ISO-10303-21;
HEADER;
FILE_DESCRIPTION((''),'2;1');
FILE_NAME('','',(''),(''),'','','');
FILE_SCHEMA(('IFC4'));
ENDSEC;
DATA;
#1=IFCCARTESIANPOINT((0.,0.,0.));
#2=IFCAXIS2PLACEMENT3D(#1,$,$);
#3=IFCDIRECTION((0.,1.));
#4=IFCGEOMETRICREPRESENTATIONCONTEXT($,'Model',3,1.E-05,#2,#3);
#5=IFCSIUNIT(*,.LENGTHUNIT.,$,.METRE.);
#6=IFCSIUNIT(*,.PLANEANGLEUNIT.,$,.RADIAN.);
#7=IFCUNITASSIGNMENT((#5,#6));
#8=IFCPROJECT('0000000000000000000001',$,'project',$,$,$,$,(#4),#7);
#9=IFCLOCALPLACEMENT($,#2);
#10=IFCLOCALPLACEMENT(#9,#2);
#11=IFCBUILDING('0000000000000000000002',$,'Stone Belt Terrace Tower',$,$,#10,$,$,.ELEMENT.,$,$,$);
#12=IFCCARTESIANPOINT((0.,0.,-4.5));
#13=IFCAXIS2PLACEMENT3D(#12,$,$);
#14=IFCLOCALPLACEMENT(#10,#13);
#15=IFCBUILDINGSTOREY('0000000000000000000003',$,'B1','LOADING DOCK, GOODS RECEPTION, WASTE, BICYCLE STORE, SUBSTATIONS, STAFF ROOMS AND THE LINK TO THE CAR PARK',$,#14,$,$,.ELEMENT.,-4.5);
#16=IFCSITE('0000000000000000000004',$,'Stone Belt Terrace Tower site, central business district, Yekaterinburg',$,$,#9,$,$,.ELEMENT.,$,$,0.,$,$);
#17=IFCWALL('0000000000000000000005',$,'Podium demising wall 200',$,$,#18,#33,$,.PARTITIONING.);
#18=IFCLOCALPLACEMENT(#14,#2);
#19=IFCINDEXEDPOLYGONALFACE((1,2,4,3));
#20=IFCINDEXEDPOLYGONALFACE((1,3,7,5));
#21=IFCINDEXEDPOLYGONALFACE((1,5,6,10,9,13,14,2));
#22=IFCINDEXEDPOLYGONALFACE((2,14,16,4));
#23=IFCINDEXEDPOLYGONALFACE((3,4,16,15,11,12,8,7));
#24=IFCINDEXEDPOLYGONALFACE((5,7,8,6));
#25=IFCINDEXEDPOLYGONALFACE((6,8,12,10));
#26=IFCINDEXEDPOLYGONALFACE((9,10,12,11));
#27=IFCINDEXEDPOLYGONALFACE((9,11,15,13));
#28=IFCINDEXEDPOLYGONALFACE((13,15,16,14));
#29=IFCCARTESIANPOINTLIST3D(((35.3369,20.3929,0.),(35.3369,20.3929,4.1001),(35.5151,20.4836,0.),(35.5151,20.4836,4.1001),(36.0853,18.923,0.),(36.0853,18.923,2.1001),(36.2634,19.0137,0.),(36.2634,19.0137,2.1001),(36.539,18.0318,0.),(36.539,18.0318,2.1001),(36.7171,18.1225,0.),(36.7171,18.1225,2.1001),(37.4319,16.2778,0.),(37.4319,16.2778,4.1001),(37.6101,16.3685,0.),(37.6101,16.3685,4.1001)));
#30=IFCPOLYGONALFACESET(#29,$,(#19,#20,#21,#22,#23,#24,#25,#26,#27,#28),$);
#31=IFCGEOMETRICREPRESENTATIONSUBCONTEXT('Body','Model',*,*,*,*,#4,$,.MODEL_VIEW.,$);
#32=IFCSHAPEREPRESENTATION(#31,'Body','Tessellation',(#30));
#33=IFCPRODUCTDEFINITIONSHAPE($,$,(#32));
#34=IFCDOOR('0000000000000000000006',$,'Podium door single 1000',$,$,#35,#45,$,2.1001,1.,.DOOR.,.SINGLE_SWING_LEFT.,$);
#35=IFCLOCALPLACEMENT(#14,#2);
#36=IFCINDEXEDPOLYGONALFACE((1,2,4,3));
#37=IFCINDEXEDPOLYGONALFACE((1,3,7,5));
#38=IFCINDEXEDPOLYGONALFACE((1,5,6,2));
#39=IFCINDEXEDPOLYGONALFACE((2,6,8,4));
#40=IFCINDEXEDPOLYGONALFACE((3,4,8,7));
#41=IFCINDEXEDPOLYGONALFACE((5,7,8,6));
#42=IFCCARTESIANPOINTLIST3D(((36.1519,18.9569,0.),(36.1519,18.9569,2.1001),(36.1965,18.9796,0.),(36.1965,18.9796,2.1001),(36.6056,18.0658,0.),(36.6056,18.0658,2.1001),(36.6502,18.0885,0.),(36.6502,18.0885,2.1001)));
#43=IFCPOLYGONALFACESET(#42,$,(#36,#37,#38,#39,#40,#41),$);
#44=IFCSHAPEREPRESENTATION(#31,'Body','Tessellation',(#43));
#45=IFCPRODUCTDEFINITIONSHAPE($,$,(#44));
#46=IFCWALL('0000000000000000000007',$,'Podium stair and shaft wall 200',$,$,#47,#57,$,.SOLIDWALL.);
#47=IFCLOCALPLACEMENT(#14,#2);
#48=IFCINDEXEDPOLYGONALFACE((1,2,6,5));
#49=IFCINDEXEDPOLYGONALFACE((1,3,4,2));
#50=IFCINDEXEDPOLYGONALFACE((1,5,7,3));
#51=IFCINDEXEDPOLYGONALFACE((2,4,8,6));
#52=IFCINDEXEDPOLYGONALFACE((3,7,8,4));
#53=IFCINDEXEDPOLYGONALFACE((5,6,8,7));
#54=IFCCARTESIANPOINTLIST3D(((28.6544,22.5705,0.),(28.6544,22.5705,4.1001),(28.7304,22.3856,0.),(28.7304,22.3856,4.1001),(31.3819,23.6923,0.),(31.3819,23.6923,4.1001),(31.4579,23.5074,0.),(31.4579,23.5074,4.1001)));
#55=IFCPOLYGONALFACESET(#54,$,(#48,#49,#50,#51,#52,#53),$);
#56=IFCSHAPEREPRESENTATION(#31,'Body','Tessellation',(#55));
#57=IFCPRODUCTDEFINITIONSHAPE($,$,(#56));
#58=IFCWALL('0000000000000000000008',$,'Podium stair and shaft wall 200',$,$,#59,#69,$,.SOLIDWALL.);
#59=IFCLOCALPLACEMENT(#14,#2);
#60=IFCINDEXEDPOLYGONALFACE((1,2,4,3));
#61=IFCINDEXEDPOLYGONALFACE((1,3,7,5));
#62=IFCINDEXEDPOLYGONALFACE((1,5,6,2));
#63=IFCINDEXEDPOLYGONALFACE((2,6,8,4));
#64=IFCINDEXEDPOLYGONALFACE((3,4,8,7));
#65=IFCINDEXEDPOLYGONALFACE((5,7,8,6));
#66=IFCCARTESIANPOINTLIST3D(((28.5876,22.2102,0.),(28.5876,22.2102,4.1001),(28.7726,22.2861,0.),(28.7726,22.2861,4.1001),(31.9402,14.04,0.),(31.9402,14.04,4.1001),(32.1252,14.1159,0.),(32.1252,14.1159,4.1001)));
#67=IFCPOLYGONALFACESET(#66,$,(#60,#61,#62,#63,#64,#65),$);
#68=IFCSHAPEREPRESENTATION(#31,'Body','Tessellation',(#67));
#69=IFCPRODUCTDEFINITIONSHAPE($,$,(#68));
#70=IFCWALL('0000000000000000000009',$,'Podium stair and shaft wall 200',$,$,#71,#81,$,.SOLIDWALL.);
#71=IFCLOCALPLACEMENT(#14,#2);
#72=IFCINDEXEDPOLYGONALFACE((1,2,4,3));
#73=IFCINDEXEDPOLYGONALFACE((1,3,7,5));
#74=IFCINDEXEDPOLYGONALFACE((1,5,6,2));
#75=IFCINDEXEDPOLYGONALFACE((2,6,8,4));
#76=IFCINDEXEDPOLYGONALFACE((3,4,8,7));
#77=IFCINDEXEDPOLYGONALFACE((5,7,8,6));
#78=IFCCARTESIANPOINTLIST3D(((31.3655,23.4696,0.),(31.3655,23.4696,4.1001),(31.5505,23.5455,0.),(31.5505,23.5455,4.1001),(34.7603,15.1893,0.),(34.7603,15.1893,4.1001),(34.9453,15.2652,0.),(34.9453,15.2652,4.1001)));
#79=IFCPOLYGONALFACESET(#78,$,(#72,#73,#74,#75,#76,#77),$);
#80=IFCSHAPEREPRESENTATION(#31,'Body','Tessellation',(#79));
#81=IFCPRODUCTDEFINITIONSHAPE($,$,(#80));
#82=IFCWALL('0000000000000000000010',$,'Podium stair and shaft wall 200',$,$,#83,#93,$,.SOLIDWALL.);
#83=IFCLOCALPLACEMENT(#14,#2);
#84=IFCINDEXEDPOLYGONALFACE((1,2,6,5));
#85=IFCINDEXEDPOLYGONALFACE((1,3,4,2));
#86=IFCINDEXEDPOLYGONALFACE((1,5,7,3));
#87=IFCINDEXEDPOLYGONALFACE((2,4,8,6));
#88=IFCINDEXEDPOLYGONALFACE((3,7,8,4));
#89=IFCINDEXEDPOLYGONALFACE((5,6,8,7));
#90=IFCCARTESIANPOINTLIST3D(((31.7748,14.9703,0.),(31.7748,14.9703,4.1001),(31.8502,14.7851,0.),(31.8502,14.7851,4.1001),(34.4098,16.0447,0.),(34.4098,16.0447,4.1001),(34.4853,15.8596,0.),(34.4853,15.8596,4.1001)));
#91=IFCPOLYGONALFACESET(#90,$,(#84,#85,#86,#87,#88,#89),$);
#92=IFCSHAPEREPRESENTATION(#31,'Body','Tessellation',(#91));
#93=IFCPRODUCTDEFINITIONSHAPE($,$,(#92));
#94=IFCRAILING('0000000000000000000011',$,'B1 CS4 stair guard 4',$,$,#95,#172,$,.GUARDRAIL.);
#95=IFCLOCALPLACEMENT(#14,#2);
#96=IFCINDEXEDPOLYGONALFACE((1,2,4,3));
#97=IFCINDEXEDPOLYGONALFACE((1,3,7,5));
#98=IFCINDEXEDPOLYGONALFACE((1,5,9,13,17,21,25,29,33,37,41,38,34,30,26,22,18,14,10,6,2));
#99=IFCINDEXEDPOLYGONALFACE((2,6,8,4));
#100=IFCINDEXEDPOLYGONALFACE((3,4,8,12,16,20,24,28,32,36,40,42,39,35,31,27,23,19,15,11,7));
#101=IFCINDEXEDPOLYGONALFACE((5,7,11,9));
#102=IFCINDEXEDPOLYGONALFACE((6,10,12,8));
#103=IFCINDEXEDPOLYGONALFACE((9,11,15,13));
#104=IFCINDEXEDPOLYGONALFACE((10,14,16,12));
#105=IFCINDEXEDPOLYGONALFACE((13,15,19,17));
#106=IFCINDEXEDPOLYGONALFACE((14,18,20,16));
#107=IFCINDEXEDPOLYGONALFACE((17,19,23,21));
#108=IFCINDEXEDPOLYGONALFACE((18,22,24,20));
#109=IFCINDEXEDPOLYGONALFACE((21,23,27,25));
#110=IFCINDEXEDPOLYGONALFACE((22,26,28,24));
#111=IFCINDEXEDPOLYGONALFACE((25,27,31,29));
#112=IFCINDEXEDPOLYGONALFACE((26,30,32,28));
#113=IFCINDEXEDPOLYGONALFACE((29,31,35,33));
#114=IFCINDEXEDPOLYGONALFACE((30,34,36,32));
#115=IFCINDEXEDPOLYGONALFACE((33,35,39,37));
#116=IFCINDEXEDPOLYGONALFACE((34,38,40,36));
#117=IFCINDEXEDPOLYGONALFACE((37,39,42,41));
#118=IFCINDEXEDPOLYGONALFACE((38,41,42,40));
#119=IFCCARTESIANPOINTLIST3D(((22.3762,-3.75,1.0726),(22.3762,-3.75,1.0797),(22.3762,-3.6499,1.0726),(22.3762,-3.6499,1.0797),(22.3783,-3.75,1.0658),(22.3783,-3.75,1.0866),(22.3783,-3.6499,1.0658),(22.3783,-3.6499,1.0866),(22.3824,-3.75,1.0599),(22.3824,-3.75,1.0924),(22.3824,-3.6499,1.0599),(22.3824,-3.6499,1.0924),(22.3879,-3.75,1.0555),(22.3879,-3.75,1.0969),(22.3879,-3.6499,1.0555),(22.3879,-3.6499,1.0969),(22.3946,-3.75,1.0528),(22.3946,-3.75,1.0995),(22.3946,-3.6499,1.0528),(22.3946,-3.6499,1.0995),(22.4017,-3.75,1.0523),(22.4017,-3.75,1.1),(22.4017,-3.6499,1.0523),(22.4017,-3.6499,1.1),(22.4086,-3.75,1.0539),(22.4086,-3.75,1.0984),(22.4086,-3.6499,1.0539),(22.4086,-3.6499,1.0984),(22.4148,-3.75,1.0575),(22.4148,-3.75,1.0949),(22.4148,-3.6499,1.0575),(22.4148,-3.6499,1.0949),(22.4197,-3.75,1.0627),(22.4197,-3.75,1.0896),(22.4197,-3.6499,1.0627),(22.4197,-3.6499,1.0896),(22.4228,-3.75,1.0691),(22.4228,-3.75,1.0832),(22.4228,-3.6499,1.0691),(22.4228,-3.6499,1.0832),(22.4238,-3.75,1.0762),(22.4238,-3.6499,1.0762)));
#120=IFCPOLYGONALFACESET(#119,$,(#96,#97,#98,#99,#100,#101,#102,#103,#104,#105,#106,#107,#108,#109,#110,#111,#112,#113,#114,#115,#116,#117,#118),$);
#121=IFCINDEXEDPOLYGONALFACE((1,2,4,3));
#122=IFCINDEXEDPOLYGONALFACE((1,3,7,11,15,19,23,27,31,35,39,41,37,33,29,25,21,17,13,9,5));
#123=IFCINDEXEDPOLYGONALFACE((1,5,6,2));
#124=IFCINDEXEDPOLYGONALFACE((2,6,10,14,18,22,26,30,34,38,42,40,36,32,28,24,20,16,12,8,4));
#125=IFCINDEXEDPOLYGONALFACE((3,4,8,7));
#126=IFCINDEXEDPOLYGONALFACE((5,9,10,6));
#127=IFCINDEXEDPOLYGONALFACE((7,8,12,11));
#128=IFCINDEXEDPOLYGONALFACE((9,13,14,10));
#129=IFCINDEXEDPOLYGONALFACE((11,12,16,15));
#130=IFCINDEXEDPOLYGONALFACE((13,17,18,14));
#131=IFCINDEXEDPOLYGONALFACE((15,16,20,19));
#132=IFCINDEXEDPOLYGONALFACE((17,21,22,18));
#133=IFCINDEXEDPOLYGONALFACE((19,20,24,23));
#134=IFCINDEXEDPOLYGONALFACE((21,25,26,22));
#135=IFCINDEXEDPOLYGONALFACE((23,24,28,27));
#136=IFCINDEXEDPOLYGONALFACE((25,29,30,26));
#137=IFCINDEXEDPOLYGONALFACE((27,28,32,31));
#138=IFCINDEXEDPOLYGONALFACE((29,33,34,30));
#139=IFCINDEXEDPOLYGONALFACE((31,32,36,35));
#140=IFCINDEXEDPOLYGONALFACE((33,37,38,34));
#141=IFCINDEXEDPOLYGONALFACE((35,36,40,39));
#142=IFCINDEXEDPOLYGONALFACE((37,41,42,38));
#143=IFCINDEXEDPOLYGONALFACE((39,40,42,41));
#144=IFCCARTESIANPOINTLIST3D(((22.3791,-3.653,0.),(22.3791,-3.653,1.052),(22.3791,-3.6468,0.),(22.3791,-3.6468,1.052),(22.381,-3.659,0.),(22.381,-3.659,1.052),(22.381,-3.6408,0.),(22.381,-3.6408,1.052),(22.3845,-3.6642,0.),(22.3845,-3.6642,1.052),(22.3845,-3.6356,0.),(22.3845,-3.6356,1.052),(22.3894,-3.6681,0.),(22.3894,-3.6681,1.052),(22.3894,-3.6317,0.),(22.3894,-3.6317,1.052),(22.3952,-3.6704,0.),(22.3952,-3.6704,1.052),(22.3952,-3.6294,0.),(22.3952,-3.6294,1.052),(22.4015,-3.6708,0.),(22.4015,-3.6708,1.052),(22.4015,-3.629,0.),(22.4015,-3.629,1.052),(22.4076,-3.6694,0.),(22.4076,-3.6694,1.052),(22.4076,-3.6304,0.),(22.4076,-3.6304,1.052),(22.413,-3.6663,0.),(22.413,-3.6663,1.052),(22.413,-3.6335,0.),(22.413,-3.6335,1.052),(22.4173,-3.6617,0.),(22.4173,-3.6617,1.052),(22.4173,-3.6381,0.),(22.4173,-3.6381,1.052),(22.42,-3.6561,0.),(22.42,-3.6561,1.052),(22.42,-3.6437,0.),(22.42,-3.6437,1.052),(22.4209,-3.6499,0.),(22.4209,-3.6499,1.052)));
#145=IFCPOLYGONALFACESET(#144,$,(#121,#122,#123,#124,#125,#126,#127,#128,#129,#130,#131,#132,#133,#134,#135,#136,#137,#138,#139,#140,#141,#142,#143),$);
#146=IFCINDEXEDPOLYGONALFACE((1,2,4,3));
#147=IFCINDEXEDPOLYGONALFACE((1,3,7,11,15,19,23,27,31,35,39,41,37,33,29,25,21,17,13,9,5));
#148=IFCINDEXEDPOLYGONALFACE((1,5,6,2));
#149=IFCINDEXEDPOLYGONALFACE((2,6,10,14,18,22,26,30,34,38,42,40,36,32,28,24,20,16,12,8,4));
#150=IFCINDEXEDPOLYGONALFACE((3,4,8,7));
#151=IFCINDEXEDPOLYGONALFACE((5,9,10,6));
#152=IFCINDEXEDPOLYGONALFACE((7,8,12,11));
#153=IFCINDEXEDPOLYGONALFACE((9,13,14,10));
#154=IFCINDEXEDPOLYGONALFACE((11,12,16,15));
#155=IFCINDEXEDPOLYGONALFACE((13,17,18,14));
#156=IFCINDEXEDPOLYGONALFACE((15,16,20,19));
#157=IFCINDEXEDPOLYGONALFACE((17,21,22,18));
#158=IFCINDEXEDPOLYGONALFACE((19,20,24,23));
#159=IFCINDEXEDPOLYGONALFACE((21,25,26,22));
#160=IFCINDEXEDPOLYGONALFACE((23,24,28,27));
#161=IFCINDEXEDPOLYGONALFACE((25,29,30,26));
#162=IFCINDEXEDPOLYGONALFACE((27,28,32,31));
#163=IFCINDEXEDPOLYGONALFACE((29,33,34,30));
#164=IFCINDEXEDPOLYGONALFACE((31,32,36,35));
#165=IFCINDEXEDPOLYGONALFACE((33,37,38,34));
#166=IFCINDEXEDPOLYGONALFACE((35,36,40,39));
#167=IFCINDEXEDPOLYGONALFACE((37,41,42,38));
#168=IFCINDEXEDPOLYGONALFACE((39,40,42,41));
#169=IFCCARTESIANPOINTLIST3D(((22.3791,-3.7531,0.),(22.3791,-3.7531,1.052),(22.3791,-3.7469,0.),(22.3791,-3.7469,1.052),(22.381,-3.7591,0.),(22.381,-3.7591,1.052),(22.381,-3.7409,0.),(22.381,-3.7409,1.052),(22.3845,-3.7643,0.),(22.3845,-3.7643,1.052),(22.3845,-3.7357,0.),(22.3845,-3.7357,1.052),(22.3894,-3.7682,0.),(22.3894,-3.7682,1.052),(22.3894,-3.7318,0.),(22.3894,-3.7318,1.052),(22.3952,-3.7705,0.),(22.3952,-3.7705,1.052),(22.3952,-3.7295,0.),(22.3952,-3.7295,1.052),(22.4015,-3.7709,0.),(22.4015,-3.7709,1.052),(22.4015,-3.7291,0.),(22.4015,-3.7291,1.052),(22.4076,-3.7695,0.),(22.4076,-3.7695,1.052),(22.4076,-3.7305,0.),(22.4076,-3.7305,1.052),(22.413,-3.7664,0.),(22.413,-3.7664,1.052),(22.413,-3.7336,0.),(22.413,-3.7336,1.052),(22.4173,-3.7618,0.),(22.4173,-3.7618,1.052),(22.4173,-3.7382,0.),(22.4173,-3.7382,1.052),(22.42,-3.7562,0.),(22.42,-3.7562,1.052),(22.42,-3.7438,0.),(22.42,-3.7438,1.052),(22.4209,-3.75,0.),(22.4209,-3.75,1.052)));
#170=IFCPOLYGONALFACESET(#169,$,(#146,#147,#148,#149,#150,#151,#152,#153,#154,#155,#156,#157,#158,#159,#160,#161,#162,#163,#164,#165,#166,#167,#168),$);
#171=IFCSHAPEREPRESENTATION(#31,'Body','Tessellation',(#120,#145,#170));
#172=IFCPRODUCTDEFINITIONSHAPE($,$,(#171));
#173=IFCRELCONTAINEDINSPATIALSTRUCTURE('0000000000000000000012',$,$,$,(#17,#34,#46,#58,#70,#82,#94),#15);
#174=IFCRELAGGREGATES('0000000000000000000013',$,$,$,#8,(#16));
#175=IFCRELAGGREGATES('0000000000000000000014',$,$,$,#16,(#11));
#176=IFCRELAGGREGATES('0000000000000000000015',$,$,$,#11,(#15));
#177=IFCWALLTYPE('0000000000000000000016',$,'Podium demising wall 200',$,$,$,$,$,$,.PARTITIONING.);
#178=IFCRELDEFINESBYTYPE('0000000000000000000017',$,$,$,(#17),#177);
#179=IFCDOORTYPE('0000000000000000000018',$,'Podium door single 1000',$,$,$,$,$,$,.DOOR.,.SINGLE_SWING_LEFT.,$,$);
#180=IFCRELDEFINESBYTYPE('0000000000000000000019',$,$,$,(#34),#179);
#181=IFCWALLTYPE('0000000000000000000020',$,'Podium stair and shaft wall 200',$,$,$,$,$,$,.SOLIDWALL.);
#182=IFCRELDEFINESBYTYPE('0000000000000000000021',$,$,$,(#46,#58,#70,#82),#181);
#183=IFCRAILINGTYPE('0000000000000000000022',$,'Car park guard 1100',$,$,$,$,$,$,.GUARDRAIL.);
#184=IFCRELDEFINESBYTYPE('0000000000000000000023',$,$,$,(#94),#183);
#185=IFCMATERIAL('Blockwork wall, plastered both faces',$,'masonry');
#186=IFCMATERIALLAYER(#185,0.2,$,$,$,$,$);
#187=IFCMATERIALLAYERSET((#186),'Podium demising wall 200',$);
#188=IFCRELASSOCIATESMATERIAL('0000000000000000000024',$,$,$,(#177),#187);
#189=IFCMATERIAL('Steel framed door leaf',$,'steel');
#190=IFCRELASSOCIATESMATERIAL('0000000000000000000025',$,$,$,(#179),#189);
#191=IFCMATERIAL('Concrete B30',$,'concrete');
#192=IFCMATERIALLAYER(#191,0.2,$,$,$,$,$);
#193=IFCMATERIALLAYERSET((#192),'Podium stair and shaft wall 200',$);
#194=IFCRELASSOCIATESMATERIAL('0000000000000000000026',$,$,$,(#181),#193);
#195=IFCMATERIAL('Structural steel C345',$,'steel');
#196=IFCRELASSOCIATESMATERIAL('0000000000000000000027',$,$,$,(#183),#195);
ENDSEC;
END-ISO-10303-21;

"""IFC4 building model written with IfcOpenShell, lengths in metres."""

from ifc_helpers import new_model, si_unit, direction, frame, frame_2d, origin, origin_2d, place, context, subcontext, project, spatial, rectangle, circle, extrude, material, layer, layer_set, type_object, element, fill, save


model = new_model("IFC4")

# Units and contexts
model_context = context("Model", 3, precision=1e-05, world=origin(), true_north=direction((0.0, 1.0)))
body_context = subcontext(model_context, "Body", "Model", "MODEL_VIEW")
ifc_project = project(units=[si_unit("LENGTHUNIT", "METRE"), si_unit("PLANEANGLEUNIT", "RADIAN")], contexts=[model_context])

# Site, building, storey
site_placement = place(None, origin())
site = spatial("IfcSite", under=ifc_project, at=site_placement, Name="Stone Belt Terrace Tower site, central business district, Yekaterinburg", CompositionType="ELEMENT", RefElevation=0.0)
building_placement = place(site_placement, origin())
building = spatial("IfcBuilding", under=site, at=building_placement, Name="Stone Belt Terrace Tower", CompositionType="ELEMENT")
storey_placement = place(building_placement, frame((0.0, 0.0, -4.5)))
storey = spatial("IfcBuildingStorey", under=building, at=storey_placement, Name="B1", Description="LOADING DOCK, GOODS RECEPTION, WASTE, BICYCLE STORE, SUBSTATIONS, STAFF ROOMS AND THE LINK TO THE CAR PARK", CompositionType="ELEMENT", Elevation=-4.5)

# Shared definitions
ifc_material_1 = material(Name="Concrete B30", Category="concrete")
ifc_material_2 = material(Name="Blockwork wall, plastered both faces", Category="masonry")
ifc_layer_1 = layer(ifc_material_2, 0.2)
ifc_layer_set_1 = layer_set([ifc_layer_1], Name="Podium demising wall 200")
wall_type_1 = type_object("IfcWallType", Name="Podium demising wall 200", PredefinedType="PARTITIONING", material=ifc_layer_set_1)

# Wall, opening, door
wall_1_placement = place(storey_placement, frame((35.426, 20.4382, 0.0), z_axis=(0.0, 0.0, 1.0), x_axis=(0.453694, -0.891157, 0.0)))
wall_1 = element("IfcWall", 1, at=wall_1_placement, inside=storey, type_object=wall_type_1, Name="Podium demising wall 200", PredefinedType="PARTITIONING", context=body_context, shape_type="SweptSolid", body=[
    extrude(rectangle(XDim=4.6177, YDim=0.2, at=frame_2d((2.3088, 0.0))), origin(), (0.0, 0.0, 1.0), 4.1001),
])
opening_placement = place(wall_1_placement, frame((1.6494, 0.0, 0.0)))
opening = element("IfcOpeningElement", 2, at=opening_placement, cuts=wall_1, PredefinedType="OPENING", context=body_context, shape_type="SweptSolid", body=[
    extrude(rectangle(XDim=1.0, YDim=2.1001, at=frame_2d((0.5, 1.05))), frame((0.0, 0.1099, 0.0), z_axis=(0.0, -1.0, 0.0), x_axis=(1.0, 0.0, 0.0)), (0.0, 0.0, 1.0), 0.22),
])
ifc_material_3 = material(Name="Steel framed door leaf", Category="steel")
door_type = type_object("IfcDoorType", Name="Podium door single 1000", OperationType="SINGLE_SWING_LEFT", PredefinedType="DOOR", material=ifc_material_3)
door_placement = place(opening_placement, origin())
door = element("IfcDoor", 3, at=door_placement, inside=storey, type_object=door_type, Name="Podium door single 1000", OperationType="SINGLE_SWING_LEFT", OverallHeight=2.1001, OverallWidth=1.0, PredefinedType="DOOR", context=body_context, shape_type="SweptSolid", body=[
    extrude(rectangle(XDim=1.0, YDim=2.1001, at=frame_2d((0.5, 1.05))), frame((0.0, 0.0249, 0.0), z_axis=(0.0, -1.0, 0.0), x_axis=(1.0, 0.0, 0.0)), (0.0, 0.0, 1.0), 0.05),
])
fill(opening, door)

# Walls
ifc_layer_2 = layer(ifc_material_1, 0.2)
ifc_layer_set_2 = layer_set([ifc_layer_2], Name="Podium stair and shaft wall 200")
wall_type_2 = type_object("IfcWallType", Name="Podium stair and shaft wall 200", PredefinedType="SOLIDWALL", material=ifc_layer_set_2)
wall_2_placement = place(storey_placement, frame((28.6924, 22.478, 0.0), z_axis=(0.0, 0.0, 1.0), x_axis=(0.924831, 0.380379, 0.0)))
element("IfcWall", 4, at=wall_2_placement, inside=storey, type_object=wall_type_2, Name="Podium stair and shaft wall 200", PredefinedType="SOLIDWALL", context=body_context, shape_type="SweptSolid", body=[
    extrude(rectangle(XDim=2.9492, YDim=0.2, at=frame_2d((1.4746, 0.0))), origin(), (0.0, 0.0, 1.0), 4.1001),
])
wall_3_placement = place(storey_placement, frame((28.6802, 22.248, 0.0), z_axis=(0.0, 0.0, 1.0), x_axis=(0.379622, -0.925142, 0.0)))
element("IfcWall", 5, at=wall_3_placement, inside=storey, type_object=wall_type_2, Name="Podium stair and shaft wall 200", PredefinedType="SOLIDWALL", context=body_context, shape_type="SweptSolid", body=[
    extrude(rectangle(XDim=8.8313, YDim=0.2, at=frame_2d((4.4155, 0.0))), origin(), (0.0, 0.0, 1.0), 4.1001),
])
wall_4_placement = place(storey_placement, frame((31.458, 23.5076, 0.0), z_axis=(0.0, 0.0, 1.0), x_axis=(0.37934, -0.925257, 0.0)))
element("IfcWall", 6, at=wall_4_placement, inside=storey, type_object=wall_type_2, Name="Podium stair and shaft wall 200", PredefinedType="SOLIDWALL", context=body_context, shape_type="SweptSolid", body=[
    extrude(rectangle(XDim=8.9492, YDim=0.2, at=frame_2d((4.4746, 0.0))), origin(), (0.0, 0.0, 1.0), 4.1001),
])
wall_5_placement = place(storey_placement, frame((31.8125, 14.8777, 0.0), z_axis=(0.0, 0.0, 1.0), x_axis=(0.925977, 0.37758, 0.0)))
element("IfcWall", 7, at=wall_5_placement, inside=storey, type_object=wall_type_2, Name="Podium stair and shaft wall 200", PredefinedType="SOLIDWALL", context=body_context, shape_type="SweptSolid", body=[
    extrude(rectangle(XDim=2.8457, YDim=0.2, at=frame_2d((1.4229, 0.0))), origin(), (0.0, 0.0, 1.0), 4.1001),
])

# Railing
ifc_material_4 = material(Name="Structural steel C345", Category="steel")
railing_type = type_object("IfcRailingType", Name="Car park guard 1100", PredefinedType="GUARDRAIL", material=ifc_material_4)
railing_placement = place(storey_placement, frame((22.3999, -3.6499, 0.0)))
element("IfcRailing", 8, at=railing_placement, inside=storey, type_object=railing_type, Name="B1 CS4 stair guard 4", PredefinedType="GUARDRAIL", context=body_context, shape_type="SweptSolid", body=[
    extrude(circle(Radius=0.0239, at=origin_2d()), frame((0.0, 0.0, 1.0762), z_axis=(0.0, -1.0, 0.0), x_axis=(1.0, 0.0, 0.0)), (0.0, 0.0, 1.0), 0.1001),
    extrude(circle(Radius=0.021, at=origin_2d()), origin(), (0.0, 0.0, 1.0), 1.052),
    extrude(circle(Radius=0.021, at=origin_2d()), frame((0.0, -0.1001, 0.0)), (0.0, 0.0, 1.0), 1.052),
])

save(model, "model.ifc")
